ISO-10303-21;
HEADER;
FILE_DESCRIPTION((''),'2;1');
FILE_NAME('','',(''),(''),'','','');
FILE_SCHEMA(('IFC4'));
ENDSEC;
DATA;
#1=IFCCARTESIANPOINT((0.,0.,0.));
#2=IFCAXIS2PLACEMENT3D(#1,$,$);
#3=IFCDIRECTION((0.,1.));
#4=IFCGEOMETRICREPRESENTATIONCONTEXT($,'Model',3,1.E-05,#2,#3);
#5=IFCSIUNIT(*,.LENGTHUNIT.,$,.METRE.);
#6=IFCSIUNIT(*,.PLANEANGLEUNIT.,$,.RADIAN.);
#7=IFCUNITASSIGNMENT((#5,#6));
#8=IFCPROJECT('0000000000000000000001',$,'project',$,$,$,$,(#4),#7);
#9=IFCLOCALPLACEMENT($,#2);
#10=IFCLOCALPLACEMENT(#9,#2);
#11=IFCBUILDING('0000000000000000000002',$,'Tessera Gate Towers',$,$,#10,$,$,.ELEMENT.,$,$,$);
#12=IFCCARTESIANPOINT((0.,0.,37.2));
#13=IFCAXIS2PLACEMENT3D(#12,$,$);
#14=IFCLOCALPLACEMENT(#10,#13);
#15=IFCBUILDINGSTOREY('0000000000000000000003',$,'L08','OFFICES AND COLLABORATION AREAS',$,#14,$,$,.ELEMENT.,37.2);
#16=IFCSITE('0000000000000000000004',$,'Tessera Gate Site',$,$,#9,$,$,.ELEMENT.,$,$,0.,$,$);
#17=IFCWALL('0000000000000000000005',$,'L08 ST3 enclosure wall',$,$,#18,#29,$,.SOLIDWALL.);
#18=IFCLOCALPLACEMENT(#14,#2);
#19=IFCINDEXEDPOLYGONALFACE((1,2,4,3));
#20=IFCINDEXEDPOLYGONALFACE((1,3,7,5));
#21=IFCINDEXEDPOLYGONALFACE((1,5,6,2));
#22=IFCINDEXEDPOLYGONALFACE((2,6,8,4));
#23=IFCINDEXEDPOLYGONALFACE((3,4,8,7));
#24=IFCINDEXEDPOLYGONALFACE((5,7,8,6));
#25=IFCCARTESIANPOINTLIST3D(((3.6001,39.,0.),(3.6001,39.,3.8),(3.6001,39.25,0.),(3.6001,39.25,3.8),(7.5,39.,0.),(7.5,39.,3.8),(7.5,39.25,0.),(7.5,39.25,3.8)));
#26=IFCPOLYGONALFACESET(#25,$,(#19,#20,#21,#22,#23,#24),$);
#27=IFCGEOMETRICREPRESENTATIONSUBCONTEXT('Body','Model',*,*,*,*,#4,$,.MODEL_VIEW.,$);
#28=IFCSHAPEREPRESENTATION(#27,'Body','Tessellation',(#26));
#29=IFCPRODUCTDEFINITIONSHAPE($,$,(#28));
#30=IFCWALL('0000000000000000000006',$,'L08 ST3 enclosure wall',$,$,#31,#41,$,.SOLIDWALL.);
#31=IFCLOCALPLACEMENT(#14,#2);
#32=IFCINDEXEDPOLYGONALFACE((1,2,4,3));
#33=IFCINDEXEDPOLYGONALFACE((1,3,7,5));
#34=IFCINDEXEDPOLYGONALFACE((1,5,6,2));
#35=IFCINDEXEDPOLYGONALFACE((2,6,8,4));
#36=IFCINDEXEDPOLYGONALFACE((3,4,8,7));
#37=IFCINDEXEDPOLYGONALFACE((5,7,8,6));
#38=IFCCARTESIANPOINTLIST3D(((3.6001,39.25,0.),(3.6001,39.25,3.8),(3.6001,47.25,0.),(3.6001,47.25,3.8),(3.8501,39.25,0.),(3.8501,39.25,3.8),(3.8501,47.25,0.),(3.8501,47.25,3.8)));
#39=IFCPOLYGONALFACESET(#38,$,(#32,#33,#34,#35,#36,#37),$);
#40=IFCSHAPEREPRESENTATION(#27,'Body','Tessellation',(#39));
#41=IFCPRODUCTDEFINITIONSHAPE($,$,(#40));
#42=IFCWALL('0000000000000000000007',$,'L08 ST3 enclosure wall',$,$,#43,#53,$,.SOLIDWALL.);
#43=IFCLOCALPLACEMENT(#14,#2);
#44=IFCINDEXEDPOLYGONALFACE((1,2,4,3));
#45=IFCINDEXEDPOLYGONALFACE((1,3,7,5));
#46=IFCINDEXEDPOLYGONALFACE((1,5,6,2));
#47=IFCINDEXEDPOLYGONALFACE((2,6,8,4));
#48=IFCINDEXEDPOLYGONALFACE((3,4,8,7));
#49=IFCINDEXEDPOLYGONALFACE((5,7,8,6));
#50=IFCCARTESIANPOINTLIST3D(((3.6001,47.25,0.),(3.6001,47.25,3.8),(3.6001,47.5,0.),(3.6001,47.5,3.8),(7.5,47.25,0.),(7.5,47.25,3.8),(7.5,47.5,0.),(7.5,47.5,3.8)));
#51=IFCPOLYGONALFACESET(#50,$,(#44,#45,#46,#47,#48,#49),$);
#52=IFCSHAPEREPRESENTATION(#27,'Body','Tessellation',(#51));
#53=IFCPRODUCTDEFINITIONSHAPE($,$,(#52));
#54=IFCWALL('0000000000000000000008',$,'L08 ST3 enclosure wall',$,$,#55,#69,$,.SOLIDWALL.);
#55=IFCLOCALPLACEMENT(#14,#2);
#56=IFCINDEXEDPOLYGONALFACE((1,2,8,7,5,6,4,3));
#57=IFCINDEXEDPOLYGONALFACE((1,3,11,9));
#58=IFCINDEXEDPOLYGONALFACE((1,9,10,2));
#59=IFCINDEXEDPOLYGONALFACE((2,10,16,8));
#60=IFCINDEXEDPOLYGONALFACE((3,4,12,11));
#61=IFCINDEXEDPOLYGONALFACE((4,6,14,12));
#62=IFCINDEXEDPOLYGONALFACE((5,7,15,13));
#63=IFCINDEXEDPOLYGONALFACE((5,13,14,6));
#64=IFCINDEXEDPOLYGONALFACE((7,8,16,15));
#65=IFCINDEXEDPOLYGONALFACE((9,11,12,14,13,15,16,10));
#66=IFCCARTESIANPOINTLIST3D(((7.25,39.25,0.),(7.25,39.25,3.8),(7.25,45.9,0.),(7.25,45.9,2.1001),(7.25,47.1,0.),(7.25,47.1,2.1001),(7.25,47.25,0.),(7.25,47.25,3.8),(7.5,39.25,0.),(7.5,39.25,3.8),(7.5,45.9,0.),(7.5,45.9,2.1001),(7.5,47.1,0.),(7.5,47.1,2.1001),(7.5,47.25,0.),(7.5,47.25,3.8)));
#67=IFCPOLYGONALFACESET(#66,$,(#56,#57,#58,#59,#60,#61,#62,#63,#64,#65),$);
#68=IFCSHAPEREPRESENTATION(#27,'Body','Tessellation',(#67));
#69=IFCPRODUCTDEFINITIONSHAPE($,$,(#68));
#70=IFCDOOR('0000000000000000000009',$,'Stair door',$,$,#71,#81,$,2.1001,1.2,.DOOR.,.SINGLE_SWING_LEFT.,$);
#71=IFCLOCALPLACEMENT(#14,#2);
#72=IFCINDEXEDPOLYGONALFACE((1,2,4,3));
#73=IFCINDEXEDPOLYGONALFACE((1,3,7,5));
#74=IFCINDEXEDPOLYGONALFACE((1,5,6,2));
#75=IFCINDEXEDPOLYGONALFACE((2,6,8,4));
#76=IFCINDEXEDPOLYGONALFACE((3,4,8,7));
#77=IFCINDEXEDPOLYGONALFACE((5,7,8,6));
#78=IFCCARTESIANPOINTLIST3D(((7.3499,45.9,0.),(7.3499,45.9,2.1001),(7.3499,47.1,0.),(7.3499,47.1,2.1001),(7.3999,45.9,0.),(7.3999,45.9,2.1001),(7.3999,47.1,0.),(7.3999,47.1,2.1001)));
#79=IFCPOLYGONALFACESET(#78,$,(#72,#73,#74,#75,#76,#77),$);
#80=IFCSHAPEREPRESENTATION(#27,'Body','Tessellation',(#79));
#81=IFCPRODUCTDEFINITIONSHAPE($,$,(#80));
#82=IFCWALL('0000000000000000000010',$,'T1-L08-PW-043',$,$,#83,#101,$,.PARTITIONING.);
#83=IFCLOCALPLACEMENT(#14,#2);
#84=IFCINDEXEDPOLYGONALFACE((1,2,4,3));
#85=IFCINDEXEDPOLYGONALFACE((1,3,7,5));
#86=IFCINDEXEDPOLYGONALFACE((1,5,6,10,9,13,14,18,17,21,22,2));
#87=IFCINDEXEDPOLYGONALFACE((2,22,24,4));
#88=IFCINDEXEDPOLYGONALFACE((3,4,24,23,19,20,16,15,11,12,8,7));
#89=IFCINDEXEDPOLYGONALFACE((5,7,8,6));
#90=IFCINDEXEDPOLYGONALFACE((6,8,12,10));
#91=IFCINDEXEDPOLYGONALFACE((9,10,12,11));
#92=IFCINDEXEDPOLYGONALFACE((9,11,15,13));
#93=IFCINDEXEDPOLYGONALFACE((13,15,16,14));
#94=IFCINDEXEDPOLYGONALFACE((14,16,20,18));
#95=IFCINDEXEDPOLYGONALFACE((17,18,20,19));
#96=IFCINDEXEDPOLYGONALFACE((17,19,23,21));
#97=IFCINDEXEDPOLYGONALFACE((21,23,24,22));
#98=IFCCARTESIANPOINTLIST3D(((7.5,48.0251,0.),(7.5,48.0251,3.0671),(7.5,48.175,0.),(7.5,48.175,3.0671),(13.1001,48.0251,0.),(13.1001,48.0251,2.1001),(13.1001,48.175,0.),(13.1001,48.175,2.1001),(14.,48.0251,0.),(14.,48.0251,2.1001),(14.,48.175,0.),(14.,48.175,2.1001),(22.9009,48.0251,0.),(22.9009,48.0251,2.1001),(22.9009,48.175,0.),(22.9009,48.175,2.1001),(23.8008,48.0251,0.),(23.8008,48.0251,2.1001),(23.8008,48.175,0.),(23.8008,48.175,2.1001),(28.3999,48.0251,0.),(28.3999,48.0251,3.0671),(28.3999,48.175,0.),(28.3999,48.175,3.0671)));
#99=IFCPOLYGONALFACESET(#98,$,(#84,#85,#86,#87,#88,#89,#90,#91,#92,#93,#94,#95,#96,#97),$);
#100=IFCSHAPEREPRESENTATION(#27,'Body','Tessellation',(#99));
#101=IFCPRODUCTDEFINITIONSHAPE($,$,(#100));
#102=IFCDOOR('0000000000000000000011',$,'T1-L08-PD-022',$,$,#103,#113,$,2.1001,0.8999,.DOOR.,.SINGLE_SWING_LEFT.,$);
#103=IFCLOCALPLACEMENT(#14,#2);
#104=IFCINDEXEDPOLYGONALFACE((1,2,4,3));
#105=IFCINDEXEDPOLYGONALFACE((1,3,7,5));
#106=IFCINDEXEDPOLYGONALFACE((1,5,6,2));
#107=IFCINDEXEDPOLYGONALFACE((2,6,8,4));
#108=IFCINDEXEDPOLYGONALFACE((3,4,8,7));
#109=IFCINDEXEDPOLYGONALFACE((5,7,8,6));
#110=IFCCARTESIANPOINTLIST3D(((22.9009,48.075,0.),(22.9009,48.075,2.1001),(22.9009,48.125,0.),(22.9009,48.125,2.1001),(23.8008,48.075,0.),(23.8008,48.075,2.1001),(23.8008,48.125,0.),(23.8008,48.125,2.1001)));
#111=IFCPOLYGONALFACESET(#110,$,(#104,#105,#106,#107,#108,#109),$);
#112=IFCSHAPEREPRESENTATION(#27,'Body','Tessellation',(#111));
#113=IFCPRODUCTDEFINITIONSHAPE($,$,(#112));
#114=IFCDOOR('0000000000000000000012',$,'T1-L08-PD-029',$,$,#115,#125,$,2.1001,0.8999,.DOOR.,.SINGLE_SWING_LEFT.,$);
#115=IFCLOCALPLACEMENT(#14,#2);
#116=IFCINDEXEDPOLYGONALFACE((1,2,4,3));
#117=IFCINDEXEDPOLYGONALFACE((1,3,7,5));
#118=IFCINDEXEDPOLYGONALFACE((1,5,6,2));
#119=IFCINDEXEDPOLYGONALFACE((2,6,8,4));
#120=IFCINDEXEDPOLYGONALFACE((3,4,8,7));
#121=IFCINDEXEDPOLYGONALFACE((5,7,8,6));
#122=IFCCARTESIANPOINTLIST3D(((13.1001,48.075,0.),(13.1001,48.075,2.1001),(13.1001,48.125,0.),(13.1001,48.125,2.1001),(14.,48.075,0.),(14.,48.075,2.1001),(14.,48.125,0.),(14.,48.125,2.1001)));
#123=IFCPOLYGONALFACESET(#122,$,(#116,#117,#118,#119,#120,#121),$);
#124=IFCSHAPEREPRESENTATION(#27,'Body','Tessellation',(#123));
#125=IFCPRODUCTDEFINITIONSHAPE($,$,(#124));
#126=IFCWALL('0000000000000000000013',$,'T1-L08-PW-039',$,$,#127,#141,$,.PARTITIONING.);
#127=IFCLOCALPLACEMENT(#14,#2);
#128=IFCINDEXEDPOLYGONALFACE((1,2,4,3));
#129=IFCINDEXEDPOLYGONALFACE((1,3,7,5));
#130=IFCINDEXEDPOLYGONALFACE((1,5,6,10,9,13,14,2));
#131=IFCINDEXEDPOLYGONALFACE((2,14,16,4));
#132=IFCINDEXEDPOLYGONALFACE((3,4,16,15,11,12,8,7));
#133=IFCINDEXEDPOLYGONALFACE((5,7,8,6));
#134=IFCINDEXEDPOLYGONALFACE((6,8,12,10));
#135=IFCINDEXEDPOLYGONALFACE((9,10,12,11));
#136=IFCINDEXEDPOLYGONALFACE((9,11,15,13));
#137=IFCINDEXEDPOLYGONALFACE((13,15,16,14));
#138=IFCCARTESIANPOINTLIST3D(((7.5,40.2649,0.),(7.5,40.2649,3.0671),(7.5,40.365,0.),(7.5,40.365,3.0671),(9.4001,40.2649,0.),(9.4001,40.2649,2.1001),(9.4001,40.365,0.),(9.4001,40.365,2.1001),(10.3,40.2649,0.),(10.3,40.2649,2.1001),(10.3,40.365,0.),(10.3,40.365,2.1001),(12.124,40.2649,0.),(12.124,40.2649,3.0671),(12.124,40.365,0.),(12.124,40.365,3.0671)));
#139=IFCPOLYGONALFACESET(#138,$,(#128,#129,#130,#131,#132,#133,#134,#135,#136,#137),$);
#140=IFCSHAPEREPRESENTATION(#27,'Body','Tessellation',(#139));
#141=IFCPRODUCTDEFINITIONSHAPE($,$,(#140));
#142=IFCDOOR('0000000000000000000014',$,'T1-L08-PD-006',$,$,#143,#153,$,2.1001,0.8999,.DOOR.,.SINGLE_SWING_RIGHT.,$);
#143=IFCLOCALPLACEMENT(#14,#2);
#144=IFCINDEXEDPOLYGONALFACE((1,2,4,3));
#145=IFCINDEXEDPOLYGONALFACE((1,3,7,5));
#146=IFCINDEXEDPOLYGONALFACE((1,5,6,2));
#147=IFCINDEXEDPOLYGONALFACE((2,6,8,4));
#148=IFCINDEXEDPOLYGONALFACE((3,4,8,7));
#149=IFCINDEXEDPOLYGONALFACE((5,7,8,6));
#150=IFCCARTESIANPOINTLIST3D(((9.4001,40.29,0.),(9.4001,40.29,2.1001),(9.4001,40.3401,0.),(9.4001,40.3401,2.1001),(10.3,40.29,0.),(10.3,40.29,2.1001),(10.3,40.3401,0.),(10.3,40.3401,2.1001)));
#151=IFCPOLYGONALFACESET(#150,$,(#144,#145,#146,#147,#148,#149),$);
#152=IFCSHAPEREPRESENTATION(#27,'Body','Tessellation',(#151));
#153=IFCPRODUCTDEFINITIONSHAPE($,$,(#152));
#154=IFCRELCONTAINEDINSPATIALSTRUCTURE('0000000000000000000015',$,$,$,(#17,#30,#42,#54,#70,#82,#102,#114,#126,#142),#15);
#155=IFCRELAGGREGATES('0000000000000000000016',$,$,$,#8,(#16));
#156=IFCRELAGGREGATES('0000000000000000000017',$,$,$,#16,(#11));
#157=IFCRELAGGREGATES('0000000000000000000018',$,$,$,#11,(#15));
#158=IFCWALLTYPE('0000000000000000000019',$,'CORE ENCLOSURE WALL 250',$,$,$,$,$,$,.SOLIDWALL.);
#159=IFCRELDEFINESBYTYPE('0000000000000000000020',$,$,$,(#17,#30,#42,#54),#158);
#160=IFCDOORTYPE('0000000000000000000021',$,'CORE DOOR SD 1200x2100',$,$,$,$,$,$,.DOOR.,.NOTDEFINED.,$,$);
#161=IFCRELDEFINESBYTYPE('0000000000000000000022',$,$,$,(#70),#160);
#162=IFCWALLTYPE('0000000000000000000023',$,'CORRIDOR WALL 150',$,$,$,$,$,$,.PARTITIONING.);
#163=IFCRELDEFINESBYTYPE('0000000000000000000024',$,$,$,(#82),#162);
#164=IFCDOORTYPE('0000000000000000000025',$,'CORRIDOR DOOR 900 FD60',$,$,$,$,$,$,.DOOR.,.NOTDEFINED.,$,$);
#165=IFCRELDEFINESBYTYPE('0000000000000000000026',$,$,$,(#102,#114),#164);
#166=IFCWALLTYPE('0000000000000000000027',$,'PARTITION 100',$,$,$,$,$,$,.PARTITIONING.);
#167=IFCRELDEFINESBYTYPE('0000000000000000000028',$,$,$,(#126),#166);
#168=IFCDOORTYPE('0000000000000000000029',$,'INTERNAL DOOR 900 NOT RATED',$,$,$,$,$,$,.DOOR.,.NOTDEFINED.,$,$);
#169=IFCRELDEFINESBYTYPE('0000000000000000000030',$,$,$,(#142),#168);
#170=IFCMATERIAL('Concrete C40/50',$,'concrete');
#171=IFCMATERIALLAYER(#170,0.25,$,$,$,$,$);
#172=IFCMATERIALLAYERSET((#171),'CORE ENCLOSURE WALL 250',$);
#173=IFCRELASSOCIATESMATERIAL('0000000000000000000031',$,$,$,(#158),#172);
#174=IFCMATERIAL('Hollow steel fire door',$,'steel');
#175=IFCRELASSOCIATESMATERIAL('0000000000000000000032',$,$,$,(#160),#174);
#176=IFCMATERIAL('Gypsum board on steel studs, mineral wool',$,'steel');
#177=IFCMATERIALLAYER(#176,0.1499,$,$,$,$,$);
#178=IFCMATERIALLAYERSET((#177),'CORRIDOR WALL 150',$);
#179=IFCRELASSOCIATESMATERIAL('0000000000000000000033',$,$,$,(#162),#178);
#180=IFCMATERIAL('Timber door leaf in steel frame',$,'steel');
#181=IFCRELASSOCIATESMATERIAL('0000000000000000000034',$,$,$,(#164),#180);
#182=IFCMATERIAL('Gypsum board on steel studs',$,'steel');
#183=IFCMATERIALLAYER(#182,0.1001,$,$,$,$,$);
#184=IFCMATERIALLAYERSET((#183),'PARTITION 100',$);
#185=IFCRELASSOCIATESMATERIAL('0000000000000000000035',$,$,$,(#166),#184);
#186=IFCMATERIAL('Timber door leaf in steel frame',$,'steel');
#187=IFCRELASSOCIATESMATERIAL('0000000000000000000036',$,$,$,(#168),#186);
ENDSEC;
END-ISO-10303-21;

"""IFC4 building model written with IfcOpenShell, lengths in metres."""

from ifc_helpers import new_model, si_unit, direction, frame, frame_2d, origin, place, context, subcontext, project, spatial, rectangle, extrude, source, transform, mapped, material, layer, layer_set, type_object, element, fill, save


model = new_model("IFC4")

# Units and contexts
model_context = context("Model", 3, precision=1e-05, world=origin(), true_north=direction((0.0, 1.0)))
body_context = subcontext(model_context, "Body", "Model", "MODEL_VIEW")
ifc_project = project(units=[si_unit("LENGTHUNIT", "METRE"), si_unit("PLANEANGLEUNIT", "RADIAN")], contexts=[model_context])

# Site, building, storey
site_placement = place(None, origin())
site = spatial("IfcSite", under=ifc_project, at=site_placement, Name="Tessera Gate Site", CompositionType="ELEMENT", RefElevation=0.0)
building_placement = place(site_placement, origin())
building = spatial("IfcBuilding", under=site, at=building_placement, Name="Tessera Gate Towers", CompositionType="ELEMENT")
storey_placement = place(building_placement, frame((0.0, 0.0, 37.2)))
storey = spatial("IfcBuildingStorey", under=building, at=storey_placement, Name="L08", Description="OFFICES AND COLLABORATION AREAS", CompositionType="ELEMENT", Elevation=37.2)

# Walls
ifc_material_1 = material(Name="Concrete C40/50", Category="concrete")
ifc_layer_1 = layer(ifc_material_1, 0.25)
ifc_layer_set_1 = layer_set([ifc_layer_1], Name="CORE ENCLOSURE WALL 250")
wall_type_1 = type_object("IfcWallType", Name="CORE ENCLOSURE WALL 250", PredefinedType="SOLIDWALL", material=ifc_layer_set_1)
wall_1_placement = place(storey_placement, frame((7.5, 39.125, 0.0), z_axis=(0.0, 0.0, 1.0), x_axis=(-1.0, 0.0, 0.0)))
element("IfcWall", 1, at=wall_1_placement, inside=storey, type_object=wall_type_1, Name="L08 ST3 enclosure wall", PredefinedType="SOLIDWALL", context=body_context, shape_type="SweptSolid", body=[
    extrude(rectangle(XDim=3.8999, YDim=0.25, at=frame_2d((1.95, 0.0))), origin(), (0.0, 0.0, 1.0), 3.8),
])
wall_2_placement = place(storey_placement, frame((3.7251, 39.25, 0.0), z_axis=(0.0, 0.0, 1.0), x_axis=(0.0, 1.0, 0.0)))
element("IfcWall", 2, at=wall_2_placement, inside=storey, type_object=wall_type_1, Name="L08 ST3 enclosure wall", PredefinedType="SOLIDWALL", context=body_context, shape_type="SweptSolid", body=[
    extrude(rectangle(XDim=8.0, YDim=0.25, at=frame_2d((4.0, 0.0))), origin(), (0.0, 0.0, 1.0), 3.8),
])
wall_3_placement = place(storey_placement, frame((3.6001, 47.375, 0.0), z_axis=(0.0, 0.0, 1.0), x_axis=(1.0, 0.0, 0.0)))
element("IfcWall", 3, at=wall_3_placement, inside=storey, type_object=wall_type_1, Name="L08 ST3 enclosure wall", PredefinedType="SOLIDWALL", context=body_context, shape_type="SweptSolid", body=[
    extrude(rectangle(XDim=3.8999, YDim=0.25, at=frame_2d((1.95, 0.0))), origin(), (0.0, 0.0, 1.0), 3.8),
])

# Wall, opening, door
wall_4_placement = place(storey_placement, frame((7.375, 47.25, 0.0), z_axis=(0.0, 0.0, 1.0), x_axis=(0.0, -1.0, 0.0)))
wall_4 = element("IfcWall", 4, at=wall_4_placement, inside=storey, type_object=wall_type_1, Name="L08 ST3 enclosure wall", PredefinedType="SOLIDWALL", context=body_context, shape_type="SweptSolid", body=[
    extrude(rectangle(XDim=8.0, YDim=0.25, at=frame_2d((4.0, 0.0))), origin(), (0.0, 0.0, 1.0), 3.8),
])
shared_shape_1 = source(origin(), body_context, "Body", "SweptSolid", [
    extrude(rectangle(XDim=1.2, YDim=2.1001, at=frame_2d((0.6001, 1.05))), frame((0.0, 0.135, 0.0), z_axis=(0.0, -1.0, 0.0), x_axis=(1.0, 0.0, 0.0)), (0.0, 0.0, 1.0), 0.27),
])
opening_1_placement = place(wall_4_placement, frame((0.1499, 0.0, 0.0)))
opening_1 = element("IfcOpeningElement", 5, at=opening_1_placement, cuts=wall_4, PredefinedType="OPENING", context=body_context, shape_type="MappedRepresentation", body=[
    mapped(shared_shape_1, transform((0.0, 0.0, 0.0), scale=1.0)),
])
ifc_material_2 = material(Name="Hollow steel fire door", Category="steel")
door_type_1 = type_object("IfcDoorType", Name="CORE DOOR SD 1200x2100", OperationType="NOTDEFINED", PredefinedType="DOOR", material=ifc_material_2)
shared_shape_2 = source(origin(), body_context, "Body", "SweptSolid", [
    extrude(rectangle(XDim=1.2, YDim=2.1001, at=frame_2d((0.6001, 1.05))), frame((0.0, 0.0249, 0.0), z_axis=(0.0, -1.0, 0.0), x_axis=(1.0, 0.0, 0.0)), (0.0, 0.0, 1.0), 0.05),
])
door_1_placement = place(opening_1_placement, origin())
door_1 = element("IfcDoor", 6, at=door_1_placement, inside=storey, type_object=door_type_1, Name="Stair door", OperationType="SINGLE_SWING_LEFT", OverallHeight=2.1001, OverallWidth=1.2, PredefinedType="DOOR", context=body_context, shape_type="MappedRepresentation", body=[
    mapped(shared_shape_2, transform((0.0, 0.0, 0.0), scale=1.0)),
])
fill(opening_1, door_1)

# Wall, openings, doors
ifc_material_3 = material(Name="Gypsum board on steel studs, mineral wool", Category="steel")
ifc_layer_2 = layer(ifc_material_3, 0.1499)
ifc_layer_set_2 = layer_set([ifc_layer_2], Name="CORRIDOR WALL 150")
wall_type_2 = type_object("IfcWallType", Name="CORRIDOR WALL 150", PredefinedType="PARTITIONING", material=ifc_layer_set_2)
wall_5_placement = place(storey_placement, frame((7.5, 48.1001, 0.0), z_axis=(0.0, 0.0, 1.0), x_axis=(1.0, 0.0, 0.0)))
wall_5 = element("IfcWall", 7, at=wall_5_placement, inside=storey, type_object=wall_type_2, Name="T1-L08-PW-043", PredefinedType="PARTITIONING", context=body_context, shape_type="SweptSolid", body=[
    extrude(rectangle(XDim=20.8999, YDim=0.1499, at=frame_2d((10.45, 0.0))), origin(), (0.0, 0.0, 1.0), 3.0671),
])
shared_shape_3 = source(origin(), body_context, "Body", "SweptSolid", [
    extrude(rectangle(XDim=0.8999, YDim=2.1001, at=frame_2d((0.45, 1.05))), frame((0.0, 0.085, 0.0), z_axis=(0.0, -1.0, 0.0), x_axis=(1.0, 0.0, 0.0)), (0.0, 0.0, 1.0), 0.1699),
])
opening_2_placement = place(wall_5_placement, frame((15.4009, 0.0, 0.0)))
opening_2 = element("IfcOpeningElement", 8, at=opening_2_placement, cuts=wall_5, PredefinedType="OPENING", context=body_context, shape_type="MappedRepresentation", body=[
    mapped(shared_shape_3, transform((0.0, 0.0, 0.0), scale=1.0)),
])
opening_3_placement = place(wall_5_placement, frame((5.6001, 0.0, 0.0)))
opening_3 = element("IfcOpeningElement", 9, at=opening_3_placement, cuts=wall_5, PredefinedType="OPENING", context=body_context, shape_type="MappedRepresentation", body=[
    mapped(shared_shape_3, transform((0.0, 0.0, 0.0), scale=1.0)),
])
ifc_material_4 = material(Name="Timber door leaf in steel frame", Category="steel")
door_type_2 = type_object("IfcDoorType", Name="CORRIDOR DOOR 900 FD60", OperationType="NOTDEFINED", PredefinedType="DOOR", material=ifc_material_4)
shared_shape_4 = source(origin(), body_context, "Body", "SweptSolid", [
    extrude(rectangle(XDim=0.8999, YDim=2.1001, at=frame_2d((0.45, 1.05))), frame((0.0, 0.0249, 0.0), z_axis=(0.0, -1.0, 0.0), x_axis=(1.0, 0.0, 0.0)), (0.0, 0.0, 1.0), 0.05),
])
door_2_placement = place(opening_2_placement, origin())
door_2 = element("IfcDoor", 10, at=door_2_placement, inside=storey, type_object=door_type_2, Name="T1-L08-PD-022", OperationType="SINGLE_SWING_LEFT", OverallHeight=2.1001, OverallWidth=0.8999, PredefinedType="DOOR", context=body_context, shape_type="MappedRepresentation", body=[
    mapped(shared_shape_4, transform((0.0, 0.0, 0.0), scale=1.0)),
])
fill(opening_2, door_2)
door_3_placement = place(opening_3_placement, origin())
door_3 = element("IfcDoor", 11, at=door_3_placement, inside=storey, type_object=door_type_2, Name="T1-L08-PD-029", OperationType="SINGLE_SWING_LEFT", OverallHeight=2.1001, OverallWidth=0.8999, PredefinedType="DOOR", context=body_context, shape_type="MappedRepresentation", body=[
    mapped(shared_shape_4, transform((0.0, 0.0, 0.0), scale=1.0)),
])
fill(opening_3, door_3)

# Wall, opening, door
ifc_material_5 = material(Name="Gypsum board on steel studs", Category="steel")
ifc_layer_3 = layer(ifc_material_5, 0.1001)
ifc_layer_set_3 = layer_set([ifc_layer_3], Name="PARTITION 100")
wall_type_3 = type_object("IfcWallType", Name="PARTITION 100", PredefinedType="PARTITIONING", material=ifc_layer_set_3)
wall_6_placement = place(storey_placement, frame((12.124, 40.3149, 0.0), z_axis=(0.0, 0.0, 1.0), x_axis=(-1.0, 0.0, 0.0)))
wall_6 = element("IfcWall", 12, at=wall_6_placement, inside=storey, type_object=wall_type_3, Name="T1-L08-PW-039", PredefinedType="PARTITIONING", context=body_context, shape_type="SweptSolid", body=[
    extrude(rectangle(XDim=4.624, YDim=0.1001, at=frame_2d((2.312, 0.0))), origin(), (0.0, 0.0, 1.0), 3.0671),
])
shared_shape_5 = source(origin(), body_context, "Body", "SweptSolid", [
    extrude(rectangle(XDim=0.8999, YDim=2.1001, at=frame_2d((0.45, 1.05))), frame((0.0, 0.0601, 0.0), z_axis=(0.0, -1.0, 0.0), x_axis=(1.0, 0.0, 0.0)), (0.0, 0.0, 1.0), 0.1201),
])
opening_4_placement = place(wall_6_placement, frame((1.824, 0.0, 0.0)))
opening_4 = element("IfcOpeningElement", 13, at=opening_4_placement, cuts=wall_6, PredefinedType="OPENING", context=body_context, shape_type="MappedRepresentation", body=[
    mapped(shared_shape_5, transform((0.0, 0.0, 0.0), scale=1.0)),
])
ifc_material_6 = material(Name="Timber door leaf in steel frame", Category="steel")
door_type_3 = type_object("IfcDoorType", Name="INTERNAL DOOR 900 NOT RATED", OperationType="NOTDEFINED", PredefinedType="DOOR", material=ifc_material_6)
door_4_placement = place(opening_4_placement, origin())
door_4 = element("IfcDoor", 14, at=door_4_placement, inside=storey, type_object=door_type_3, Name="T1-L08-PD-006", OperationType="SINGLE_SWING_RIGHT", OverallHeight=2.1001, OverallWidth=0.8999, PredefinedType="DOOR", context=body_context, shape_type="MappedRepresentation", body=[
    mapped(shared_shape_4, transform((0.0, 0.0, 0.0), scale=1.0)),
])
fill(opening_4, door_4)

save(model, "model.ifc")
